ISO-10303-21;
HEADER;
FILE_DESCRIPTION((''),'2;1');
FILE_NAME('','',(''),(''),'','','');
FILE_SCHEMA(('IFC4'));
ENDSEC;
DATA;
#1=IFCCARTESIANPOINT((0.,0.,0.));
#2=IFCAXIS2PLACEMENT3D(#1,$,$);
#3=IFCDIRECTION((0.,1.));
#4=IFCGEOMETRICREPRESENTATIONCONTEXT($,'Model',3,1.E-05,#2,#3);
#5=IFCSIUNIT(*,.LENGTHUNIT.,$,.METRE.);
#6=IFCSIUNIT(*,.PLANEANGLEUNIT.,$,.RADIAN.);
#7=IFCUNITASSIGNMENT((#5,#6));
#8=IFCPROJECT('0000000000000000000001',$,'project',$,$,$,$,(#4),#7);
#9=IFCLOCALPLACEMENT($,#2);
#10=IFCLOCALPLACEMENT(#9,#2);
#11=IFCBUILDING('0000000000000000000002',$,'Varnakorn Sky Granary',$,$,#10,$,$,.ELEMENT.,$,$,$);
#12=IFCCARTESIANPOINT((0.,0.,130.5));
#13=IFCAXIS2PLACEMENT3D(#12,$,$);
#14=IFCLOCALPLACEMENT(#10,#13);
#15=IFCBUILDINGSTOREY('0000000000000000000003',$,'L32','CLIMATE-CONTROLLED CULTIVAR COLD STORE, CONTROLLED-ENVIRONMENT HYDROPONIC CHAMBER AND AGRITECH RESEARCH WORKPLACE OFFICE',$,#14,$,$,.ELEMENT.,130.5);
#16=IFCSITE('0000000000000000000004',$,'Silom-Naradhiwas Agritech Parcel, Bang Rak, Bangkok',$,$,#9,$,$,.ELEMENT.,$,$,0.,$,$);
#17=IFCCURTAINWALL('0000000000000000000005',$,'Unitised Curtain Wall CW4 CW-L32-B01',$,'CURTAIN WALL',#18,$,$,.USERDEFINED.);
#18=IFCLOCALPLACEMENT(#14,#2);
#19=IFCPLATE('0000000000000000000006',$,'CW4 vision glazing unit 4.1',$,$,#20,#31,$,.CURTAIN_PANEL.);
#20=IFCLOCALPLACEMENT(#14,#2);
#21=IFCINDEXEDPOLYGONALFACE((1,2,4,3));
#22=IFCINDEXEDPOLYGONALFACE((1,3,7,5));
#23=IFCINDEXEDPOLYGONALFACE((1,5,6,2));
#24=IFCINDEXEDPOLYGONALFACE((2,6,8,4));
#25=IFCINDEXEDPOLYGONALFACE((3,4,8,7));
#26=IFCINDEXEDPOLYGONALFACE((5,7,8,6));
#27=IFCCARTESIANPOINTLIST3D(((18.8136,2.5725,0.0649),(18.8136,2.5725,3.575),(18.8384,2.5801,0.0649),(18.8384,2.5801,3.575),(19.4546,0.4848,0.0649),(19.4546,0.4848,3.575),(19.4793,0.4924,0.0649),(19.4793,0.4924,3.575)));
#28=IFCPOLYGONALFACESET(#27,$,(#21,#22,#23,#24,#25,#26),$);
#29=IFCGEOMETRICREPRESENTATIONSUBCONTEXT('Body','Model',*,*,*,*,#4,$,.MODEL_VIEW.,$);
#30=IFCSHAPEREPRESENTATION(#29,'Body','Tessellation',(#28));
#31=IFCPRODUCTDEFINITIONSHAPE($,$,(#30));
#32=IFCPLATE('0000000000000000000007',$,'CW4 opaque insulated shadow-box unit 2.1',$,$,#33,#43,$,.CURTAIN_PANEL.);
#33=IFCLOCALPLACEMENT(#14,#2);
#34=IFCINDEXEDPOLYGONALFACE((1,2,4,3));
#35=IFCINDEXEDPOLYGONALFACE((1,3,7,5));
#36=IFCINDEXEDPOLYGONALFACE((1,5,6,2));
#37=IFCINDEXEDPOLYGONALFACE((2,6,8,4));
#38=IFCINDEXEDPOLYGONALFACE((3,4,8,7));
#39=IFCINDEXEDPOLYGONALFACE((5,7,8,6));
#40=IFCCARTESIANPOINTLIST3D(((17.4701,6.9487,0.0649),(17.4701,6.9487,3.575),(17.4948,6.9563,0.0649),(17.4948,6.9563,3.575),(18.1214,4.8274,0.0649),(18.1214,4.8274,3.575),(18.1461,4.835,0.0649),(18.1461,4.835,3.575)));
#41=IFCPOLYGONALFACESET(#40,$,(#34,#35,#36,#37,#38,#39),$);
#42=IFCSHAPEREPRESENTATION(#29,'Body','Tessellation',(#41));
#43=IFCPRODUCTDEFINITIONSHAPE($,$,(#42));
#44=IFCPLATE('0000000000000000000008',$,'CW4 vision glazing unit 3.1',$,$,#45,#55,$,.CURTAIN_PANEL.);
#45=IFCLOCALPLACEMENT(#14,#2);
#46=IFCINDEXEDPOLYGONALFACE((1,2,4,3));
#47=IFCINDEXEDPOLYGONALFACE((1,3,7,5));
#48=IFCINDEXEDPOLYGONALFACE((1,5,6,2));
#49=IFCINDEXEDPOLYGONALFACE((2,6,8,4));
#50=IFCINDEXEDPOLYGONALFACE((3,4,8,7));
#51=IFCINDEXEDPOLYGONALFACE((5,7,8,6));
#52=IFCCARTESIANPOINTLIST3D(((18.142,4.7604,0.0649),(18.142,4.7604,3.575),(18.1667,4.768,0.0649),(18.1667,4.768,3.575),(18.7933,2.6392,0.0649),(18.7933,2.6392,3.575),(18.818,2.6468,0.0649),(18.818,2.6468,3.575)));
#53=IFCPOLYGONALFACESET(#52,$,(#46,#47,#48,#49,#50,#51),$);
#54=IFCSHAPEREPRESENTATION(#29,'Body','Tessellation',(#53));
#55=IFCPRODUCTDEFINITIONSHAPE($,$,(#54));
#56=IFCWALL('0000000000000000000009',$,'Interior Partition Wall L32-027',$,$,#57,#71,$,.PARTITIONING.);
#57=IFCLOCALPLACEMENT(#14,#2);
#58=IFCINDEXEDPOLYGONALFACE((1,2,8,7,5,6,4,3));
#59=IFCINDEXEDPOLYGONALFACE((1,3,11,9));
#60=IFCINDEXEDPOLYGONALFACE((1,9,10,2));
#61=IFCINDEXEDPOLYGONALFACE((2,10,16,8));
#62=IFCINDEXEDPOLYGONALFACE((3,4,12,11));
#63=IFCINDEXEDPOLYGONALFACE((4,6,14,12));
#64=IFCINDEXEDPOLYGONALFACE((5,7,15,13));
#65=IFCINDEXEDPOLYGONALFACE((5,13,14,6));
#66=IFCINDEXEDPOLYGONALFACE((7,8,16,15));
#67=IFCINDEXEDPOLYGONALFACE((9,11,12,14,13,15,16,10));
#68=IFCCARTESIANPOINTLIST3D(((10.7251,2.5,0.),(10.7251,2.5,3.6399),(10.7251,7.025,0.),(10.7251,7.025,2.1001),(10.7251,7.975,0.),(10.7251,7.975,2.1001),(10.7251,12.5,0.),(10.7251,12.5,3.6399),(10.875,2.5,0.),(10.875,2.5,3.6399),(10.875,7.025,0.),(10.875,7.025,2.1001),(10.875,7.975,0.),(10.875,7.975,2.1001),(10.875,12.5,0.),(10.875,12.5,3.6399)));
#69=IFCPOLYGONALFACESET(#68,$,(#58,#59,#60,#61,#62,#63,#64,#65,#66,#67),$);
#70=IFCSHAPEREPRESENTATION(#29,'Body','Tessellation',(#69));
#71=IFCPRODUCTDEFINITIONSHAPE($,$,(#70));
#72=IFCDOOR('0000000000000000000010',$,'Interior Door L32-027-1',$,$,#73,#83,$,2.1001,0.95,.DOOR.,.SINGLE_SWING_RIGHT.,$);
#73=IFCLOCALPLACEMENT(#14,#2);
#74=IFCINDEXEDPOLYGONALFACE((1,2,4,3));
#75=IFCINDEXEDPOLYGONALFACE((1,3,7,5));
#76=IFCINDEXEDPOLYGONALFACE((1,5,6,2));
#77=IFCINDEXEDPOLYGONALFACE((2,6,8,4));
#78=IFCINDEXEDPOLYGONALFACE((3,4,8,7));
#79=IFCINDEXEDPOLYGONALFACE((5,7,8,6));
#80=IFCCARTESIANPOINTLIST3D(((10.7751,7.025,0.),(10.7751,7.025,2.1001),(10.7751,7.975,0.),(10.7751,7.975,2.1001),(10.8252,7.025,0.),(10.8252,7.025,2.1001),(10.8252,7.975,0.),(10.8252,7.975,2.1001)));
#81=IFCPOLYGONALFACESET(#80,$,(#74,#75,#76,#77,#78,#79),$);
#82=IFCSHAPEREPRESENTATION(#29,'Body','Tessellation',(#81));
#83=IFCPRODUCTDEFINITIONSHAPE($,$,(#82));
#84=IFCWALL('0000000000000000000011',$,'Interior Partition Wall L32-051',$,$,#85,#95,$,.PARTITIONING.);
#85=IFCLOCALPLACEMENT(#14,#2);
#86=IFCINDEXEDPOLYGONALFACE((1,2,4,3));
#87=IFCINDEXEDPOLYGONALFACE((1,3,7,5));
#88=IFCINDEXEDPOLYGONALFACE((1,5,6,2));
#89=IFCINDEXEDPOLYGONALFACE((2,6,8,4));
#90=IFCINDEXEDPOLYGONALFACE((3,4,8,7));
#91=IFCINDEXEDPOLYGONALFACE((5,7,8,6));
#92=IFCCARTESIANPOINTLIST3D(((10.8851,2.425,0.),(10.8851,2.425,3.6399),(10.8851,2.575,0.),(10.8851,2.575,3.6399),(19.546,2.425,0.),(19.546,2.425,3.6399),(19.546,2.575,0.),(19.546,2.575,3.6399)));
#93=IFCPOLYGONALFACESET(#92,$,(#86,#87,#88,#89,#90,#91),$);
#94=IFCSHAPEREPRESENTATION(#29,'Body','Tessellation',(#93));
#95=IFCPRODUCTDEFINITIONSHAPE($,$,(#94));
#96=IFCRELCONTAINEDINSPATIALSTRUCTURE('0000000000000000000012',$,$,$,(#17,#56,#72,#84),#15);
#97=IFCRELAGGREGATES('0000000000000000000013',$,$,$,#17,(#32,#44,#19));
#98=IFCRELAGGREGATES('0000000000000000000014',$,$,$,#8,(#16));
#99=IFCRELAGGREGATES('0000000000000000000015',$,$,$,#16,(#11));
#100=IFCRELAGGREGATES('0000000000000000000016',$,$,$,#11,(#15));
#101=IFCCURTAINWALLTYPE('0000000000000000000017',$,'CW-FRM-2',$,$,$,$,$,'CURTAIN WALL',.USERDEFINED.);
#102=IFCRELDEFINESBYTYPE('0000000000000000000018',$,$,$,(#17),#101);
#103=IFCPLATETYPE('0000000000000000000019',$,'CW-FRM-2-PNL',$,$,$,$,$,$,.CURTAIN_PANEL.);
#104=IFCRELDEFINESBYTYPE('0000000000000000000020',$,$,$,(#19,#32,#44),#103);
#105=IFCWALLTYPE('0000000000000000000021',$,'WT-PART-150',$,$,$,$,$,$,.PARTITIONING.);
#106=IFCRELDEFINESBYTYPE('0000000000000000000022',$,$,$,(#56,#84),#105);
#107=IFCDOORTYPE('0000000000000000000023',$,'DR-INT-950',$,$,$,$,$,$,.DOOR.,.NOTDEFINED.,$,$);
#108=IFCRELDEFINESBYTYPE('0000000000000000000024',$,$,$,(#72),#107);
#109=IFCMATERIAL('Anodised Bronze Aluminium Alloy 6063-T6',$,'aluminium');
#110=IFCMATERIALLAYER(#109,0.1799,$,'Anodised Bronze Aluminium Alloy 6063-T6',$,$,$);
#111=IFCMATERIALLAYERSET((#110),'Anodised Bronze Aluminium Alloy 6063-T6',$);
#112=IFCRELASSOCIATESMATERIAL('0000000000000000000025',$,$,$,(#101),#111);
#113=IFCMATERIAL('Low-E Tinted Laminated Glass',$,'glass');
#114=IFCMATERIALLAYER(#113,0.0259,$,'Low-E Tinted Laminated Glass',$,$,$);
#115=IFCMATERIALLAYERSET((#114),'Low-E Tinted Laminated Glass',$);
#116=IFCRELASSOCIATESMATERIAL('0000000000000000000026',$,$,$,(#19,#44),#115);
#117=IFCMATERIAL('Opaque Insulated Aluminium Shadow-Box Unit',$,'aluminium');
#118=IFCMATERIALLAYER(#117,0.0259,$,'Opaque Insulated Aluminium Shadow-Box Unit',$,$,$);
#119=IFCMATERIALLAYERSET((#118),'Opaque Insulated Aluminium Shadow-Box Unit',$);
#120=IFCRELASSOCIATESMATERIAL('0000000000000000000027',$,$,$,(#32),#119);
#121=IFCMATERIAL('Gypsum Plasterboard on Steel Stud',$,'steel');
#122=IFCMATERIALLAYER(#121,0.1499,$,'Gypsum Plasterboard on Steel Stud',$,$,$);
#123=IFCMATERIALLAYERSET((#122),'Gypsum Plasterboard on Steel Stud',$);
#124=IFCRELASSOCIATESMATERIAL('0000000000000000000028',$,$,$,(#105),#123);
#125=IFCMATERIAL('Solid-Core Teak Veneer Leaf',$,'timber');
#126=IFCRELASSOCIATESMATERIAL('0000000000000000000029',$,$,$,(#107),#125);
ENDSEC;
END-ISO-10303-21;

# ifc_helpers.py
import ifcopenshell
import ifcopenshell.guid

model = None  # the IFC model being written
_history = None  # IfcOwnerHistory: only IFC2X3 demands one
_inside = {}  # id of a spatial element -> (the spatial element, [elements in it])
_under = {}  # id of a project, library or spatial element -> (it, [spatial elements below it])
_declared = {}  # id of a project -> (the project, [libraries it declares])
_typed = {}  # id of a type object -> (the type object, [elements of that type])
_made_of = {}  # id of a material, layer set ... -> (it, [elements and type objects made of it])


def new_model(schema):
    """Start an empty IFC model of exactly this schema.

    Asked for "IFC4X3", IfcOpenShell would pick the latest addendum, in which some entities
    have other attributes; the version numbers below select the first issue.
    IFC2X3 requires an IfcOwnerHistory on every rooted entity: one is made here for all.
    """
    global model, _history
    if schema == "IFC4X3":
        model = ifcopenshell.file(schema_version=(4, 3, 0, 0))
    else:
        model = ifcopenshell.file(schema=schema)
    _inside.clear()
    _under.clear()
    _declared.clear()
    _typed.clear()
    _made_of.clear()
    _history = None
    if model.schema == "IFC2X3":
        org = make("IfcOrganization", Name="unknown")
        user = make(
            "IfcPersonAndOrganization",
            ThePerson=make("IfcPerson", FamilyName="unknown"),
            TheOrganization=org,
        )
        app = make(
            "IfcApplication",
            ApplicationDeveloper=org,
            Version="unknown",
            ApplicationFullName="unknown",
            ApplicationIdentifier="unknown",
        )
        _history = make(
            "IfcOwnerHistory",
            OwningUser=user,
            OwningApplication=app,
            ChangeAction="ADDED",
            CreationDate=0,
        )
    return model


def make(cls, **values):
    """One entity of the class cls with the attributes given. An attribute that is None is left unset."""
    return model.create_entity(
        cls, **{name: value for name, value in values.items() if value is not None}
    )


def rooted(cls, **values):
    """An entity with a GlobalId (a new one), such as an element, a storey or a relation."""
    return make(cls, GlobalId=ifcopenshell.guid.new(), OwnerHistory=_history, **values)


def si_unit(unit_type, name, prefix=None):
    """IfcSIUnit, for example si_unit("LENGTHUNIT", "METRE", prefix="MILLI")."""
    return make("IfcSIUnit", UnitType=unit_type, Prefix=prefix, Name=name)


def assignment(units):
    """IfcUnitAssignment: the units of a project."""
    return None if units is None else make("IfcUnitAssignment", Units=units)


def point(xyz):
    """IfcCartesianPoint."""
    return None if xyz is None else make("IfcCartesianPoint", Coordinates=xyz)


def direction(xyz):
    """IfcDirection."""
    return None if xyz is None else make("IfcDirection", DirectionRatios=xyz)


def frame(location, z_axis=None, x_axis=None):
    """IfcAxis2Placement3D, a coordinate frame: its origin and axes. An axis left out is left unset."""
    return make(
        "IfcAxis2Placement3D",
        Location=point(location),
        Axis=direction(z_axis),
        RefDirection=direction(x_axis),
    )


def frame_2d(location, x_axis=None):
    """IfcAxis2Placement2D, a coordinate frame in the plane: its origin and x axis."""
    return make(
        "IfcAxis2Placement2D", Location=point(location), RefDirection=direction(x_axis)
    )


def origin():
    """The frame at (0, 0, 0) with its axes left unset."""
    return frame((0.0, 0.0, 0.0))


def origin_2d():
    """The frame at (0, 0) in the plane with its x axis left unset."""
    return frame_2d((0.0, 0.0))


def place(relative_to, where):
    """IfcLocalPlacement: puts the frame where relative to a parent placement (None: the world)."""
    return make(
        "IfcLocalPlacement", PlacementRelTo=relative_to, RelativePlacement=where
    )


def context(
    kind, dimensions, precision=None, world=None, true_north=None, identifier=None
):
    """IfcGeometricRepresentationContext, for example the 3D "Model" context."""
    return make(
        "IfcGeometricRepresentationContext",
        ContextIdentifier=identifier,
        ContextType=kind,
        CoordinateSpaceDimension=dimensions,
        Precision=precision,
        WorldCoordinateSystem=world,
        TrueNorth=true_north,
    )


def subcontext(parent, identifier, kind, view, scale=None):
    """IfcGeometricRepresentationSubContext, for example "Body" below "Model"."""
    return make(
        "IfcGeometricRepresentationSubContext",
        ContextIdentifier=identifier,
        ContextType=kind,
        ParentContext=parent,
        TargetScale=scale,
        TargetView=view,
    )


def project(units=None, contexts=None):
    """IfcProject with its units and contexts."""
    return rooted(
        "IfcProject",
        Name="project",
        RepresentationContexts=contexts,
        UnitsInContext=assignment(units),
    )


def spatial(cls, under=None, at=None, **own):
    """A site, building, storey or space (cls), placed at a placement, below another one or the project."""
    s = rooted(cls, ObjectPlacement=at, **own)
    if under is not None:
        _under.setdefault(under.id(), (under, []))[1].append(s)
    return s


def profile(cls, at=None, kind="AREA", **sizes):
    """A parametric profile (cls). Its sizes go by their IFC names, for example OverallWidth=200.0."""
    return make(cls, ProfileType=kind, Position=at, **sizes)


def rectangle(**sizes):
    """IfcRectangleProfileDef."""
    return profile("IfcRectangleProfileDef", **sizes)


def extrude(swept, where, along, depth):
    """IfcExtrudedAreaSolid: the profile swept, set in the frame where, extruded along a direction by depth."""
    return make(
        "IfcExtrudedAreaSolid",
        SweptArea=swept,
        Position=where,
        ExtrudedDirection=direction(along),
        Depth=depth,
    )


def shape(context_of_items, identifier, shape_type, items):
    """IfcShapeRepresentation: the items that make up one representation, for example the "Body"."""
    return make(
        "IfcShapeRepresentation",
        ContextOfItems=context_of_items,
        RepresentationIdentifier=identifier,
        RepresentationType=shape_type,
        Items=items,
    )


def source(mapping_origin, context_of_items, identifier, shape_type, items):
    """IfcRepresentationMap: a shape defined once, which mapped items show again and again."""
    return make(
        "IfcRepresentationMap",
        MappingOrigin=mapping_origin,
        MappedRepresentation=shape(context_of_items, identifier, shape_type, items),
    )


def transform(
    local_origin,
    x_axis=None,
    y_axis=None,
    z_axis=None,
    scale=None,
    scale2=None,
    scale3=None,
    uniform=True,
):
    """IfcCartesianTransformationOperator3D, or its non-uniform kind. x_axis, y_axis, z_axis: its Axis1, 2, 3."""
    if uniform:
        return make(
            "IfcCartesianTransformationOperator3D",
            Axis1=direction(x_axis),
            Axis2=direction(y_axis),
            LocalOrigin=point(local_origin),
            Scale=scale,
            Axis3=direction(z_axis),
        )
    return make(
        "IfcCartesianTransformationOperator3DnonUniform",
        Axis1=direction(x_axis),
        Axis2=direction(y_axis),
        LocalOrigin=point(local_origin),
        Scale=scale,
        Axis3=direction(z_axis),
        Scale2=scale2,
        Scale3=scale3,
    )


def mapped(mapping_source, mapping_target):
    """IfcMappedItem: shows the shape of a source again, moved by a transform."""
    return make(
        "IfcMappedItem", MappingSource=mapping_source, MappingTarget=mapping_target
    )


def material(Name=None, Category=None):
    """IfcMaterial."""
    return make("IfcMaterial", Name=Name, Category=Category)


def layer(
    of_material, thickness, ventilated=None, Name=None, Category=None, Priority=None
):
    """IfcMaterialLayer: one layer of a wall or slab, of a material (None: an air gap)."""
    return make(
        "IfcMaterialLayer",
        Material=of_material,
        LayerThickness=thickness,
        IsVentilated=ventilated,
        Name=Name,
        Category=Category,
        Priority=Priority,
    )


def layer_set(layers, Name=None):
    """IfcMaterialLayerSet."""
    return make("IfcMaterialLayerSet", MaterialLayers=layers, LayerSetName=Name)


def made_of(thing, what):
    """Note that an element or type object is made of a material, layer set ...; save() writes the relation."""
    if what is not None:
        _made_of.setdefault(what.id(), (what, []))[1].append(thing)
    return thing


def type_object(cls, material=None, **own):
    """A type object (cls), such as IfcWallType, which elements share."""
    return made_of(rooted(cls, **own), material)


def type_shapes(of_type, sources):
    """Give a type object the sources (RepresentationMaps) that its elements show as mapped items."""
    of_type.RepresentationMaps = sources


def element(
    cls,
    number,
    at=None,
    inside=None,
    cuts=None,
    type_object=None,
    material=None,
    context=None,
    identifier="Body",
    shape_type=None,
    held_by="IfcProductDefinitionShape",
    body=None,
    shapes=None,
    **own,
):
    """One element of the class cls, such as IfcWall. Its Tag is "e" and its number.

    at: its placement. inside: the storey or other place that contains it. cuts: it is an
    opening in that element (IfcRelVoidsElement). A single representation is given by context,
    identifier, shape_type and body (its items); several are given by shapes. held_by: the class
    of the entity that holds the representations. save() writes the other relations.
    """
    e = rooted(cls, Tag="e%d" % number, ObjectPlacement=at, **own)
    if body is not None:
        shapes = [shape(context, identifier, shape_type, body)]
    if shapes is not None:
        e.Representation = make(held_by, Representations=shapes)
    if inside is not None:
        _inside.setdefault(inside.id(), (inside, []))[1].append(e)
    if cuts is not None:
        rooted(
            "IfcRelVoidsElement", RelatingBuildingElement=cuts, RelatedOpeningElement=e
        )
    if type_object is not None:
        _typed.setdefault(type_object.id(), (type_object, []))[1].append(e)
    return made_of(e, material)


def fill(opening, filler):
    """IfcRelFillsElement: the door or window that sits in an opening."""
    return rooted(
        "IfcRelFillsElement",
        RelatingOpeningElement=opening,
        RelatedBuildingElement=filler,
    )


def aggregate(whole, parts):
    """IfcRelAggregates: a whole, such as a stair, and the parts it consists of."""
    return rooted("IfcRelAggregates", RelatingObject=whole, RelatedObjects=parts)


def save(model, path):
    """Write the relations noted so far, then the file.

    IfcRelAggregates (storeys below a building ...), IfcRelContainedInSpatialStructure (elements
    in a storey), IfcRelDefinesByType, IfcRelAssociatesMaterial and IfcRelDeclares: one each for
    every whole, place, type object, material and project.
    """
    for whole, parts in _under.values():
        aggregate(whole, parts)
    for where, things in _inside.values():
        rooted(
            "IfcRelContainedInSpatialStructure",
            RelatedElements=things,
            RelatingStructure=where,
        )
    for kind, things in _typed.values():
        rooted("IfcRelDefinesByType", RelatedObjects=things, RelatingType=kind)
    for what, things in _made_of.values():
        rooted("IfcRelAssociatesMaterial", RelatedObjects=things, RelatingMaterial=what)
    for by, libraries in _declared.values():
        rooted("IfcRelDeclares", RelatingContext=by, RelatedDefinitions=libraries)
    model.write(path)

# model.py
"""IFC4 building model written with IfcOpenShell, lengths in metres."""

from ifc_helpers import new_model, si_unit, direction, frame, frame_2d, origin, origin_2d, place, context, subcontext, project, spatial, rectangle, extrude, source, transform, mapped, material, layer, layer_set, type_object, type_shapes, element, fill, aggregate, save


model = new_model("IFC4")

# Units and contexts
model_context = context("Model", 3, precision=1e-05, world=origin(), true_north=direction((0.0, 1.0)))
body_context = subcontext(model_context, "Body", "Model", "MODEL_VIEW")
ifc_project = project(units=[si_unit("LENGTHUNIT", "METRE"), si_unit("PLANEANGLEUNIT", "RADIAN")], contexts=[model_context])

# Site, building, storey
site_placement = place(None, origin())
site = spatial("IfcSite", under=ifc_project, at=site_placement, Name="Silom-Naradhiwas Agritech Parcel, Bang Rak, Bangkok", CompositionType="ELEMENT", RefElevation=0.0)
building_placement = place(site_placement, origin())
building = spatial("IfcBuilding", under=site, at=building_placement, Name="Varnakorn Sky Granary", CompositionType="ELEMENT")
storey_placement = place(building_placement, frame((0.0, 0.0, 130.5)))
storey = spatial("IfcBuildingStorey", under=building, at=storey_placement, Name="L32", Description="CLIMATE-CONTROLLED CULTIVAR COLD STORE, CONTROLLED-ENVIRONMENT HYDROPONIC CHAMBER AND AGRITECH RESEARCH WORKPLACE OFFICE", CompositionType="ELEMENT", Elevation=130.5)

# Curtain wall
ifc_material_1 = material(Name="Anodised Bronze Aluminium Alloy 6063-T6", Category="aluminium")
ifc_layer_1 = layer(ifc_material_1, 0.1799, Name="Anodised Bronze Aluminium Alloy 6063-T6")
ifc_layer_set_1 = layer_set([ifc_layer_1], Name="Anodised Bronze Aluminium Alloy 6063-T6")
curtain_wall_type = type_object("IfcCurtainWallType", Name="CW-FRM-2", ElementType="CURTAIN WALL", PredefinedType="USERDEFINED", material=ifc_layer_set_1)
curtain_wall_placement = place(storey_placement, origin())
curtain_wall = element("IfcCurtainWall", 1, at=curtain_wall_placement, inside=storey, type_object=curtain_wall_type, Name="Unitised Curtain Wall CW4 CW-L32-B01", ObjectType="CURTAIN WALL", PredefinedType="USERDEFINED")

# Plates
ifc_material_2 = material(Name="Low-E Tinted Laminated Glass", Category="glass")
ifc_layer_2 = layer(ifc_material_2, 0.0259, Name="Low-E Tinted Laminated Glass")
ifc_layer_set_2 = layer_set([ifc_layer_2], Name="Low-E Tinted Laminated Glass")
plate_type = type_object("IfcPlateType", Name="CW-FRM-2-PNL", PredefinedType="CURTAIN_PANEL")
shared_shape_1 = source(origin(), body_context, "Body", "SweptSolid", [
    extrude(rectangle(XDim=2.1838, YDim=0.0259, at=origin_2d()), origin(), (0.0, 0.0, 1.0), 3.51),
])
plate_1_placement = place(storey_placement, frame((19.1465, 1.5325, 0.0649), z_axis=(0.0, 0.0, 1.0), x_axis=(0.293516, -0.955954, 0.0)))
plate_1 = element("IfcPlate", 2, at=plate_1_placement, type_object=plate_type, material=ifc_layer_set_2, Name="CW4 vision glazing unit 4.1", PredefinedType="CURTAIN_PANEL", context=body_context, shape_type="MappedRepresentation", body=[
    mapped(shared_shape_1, transform((0.0, 0.0, 0.0), x_axis=(1.0, 0.0, 0.0), y_axis=(0.0, 1.0, 0.0), z_axis=(0.0, 0.0, 1.0), scale=1.0)),
])
ifc_material_3 = material(Name="Opaque Insulated Aluminium Shadow-Box Unit", Category="aluminium")
ifc_layer_3 = layer(ifc_material_3, 0.0259, Name="Opaque Insulated Aluminium Shadow-Box Unit")
ifc_layer_set_3 = layer_set([ifc_layer_3], Name="Opaque Insulated Aluminium Shadow-Box Unit")
shared_shape_2 = source(origin(), body_context, "Body", "SweptSolid", [
    extrude(rectangle(XDim=2.219, YDim=0.0259, at=origin_2d()), origin(), (0.0, 0.0, 1.0), 3.51),
])
type_shapes(plate_type, [shared_shape_1, shared_shape_2])
plate_2_placement = place(storey_placement, frame((17.8081, 5.8918, 0.0649), z_axis=(0.0, 0.0, 1.0), x_axis=(0.293516, -0.955954, 0.0)))
plate_2 = element("IfcPlate", 3, at=plate_2_placement, type_object=plate_type, material=ifc_layer_set_3, Name="CW4 opaque insulated shadow-box unit 2.1", PredefinedType="CURTAIN_PANEL", context=body_context, shape_type="MappedRepresentation", body=[
    mapped(shared_shape_2, transform((0.0, 0.0, 0.0), x_axis=(1.0, 0.0, 0.0), y_axis=(0.0, 1.0, 0.0), z_axis=(0.0, 0.0, 1.0), scale=1.0)),
])
plate_3_placement = place(storey_placement, frame((18.48, 3.7036, 0.0649), z_axis=(0.0, 0.0, 1.0), x_axis=(0.293516, -0.955954, 0.0)))
plate_3 = element("IfcPlate", 4, at=plate_3_placement, type_object=plate_type, material=ifc_layer_set_2, Name="CW4 vision glazing unit 3.1", PredefinedType="CURTAIN_PANEL", context=body_context, shape_type="MappedRepresentation", body=[
    mapped(shared_shape_2, transform((0.0, 0.0, 0.0), x_axis=(1.0, 0.0, 0.0), y_axis=(0.0, 1.0, 0.0), z_axis=(0.0, 0.0, 1.0), scale=1.0)),
])
aggregate(curtain_wall, [plate_2, plate_3, plate_1])

# Wall, opening, door
ifc_material_4 = material(Name="Gypsum Plasterboard on Steel Stud", Category="steel")
ifc_layer_4 = layer(ifc_material_4, 0.1499, Name="Gypsum Plasterboard on Steel Stud")
ifc_layer_set_4 = layer_set([ifc_layer_4], Name="Gypsum Plasterboard on Steel Stud")
wall_type = type_object("IfcWallType", Name="WT-PART-150", PredefinedType="PARTITIONING", material=ifc_layer_set_4)
wall_1_placement = place(storey_placement, frame((10.8, 2.5, 0.0), z_axis=(0.0, 0.0, 1.0), x_axis=(0.0, 1.0, 0.0)))
wall_1 = element("IfcWall", 5, at=wall_1_placement, inside=storey, type_object=wall_type, Name="Interior Partition Wall L32-027", PredefinedType="PARTITIONING", context=body_context, shape_type="SweptSolid", body=[
    extrude(rectangle(XDim=10.0, YDim=0.1499, at=frame_2d((5.0, 0.0))), origin(), (0.0, 0.0, 1.0), 3.6399),
])
opening_placement = place(wall_1_placement, frame((4.5249, 0.0, 0.0)))
opening = element("IfcOpeningElement", 6, at=opening_placement, cuts=wall_1, PredefinedType="OPENING", context=body_context, shape_type="SweptSolid", body=[
    extrude(rectangle(XDim=0.95, YDim=2.1001, at=frame_2d((0.4751, 1.05))), frame((0.0, 0.085, 0.0), z_axis=(0.0, -1.0, 0.0), x_axis=(1.0, 0.0, 0.0)), (0.0, 0.0, 1.0), 0.1699),
])
ifc_material_5 = material(Name="Solid-Core Teak Veneer Leaf", Category="timber")
door_type = type_object("IfcDoorType", Name="DR-INT-950", OperationType="NOTDEFINED", PredefinedType="DOOR", material=ifc_material_5)
door_placement = place(opening_placement, origin())
door = element("IfcDoor", 7, at=door_placement, inside=storey, type_object=door_type, Name="Interior Door L32-027-1", OperationType="SINGLE_SWING_RIGHT", OverallHeight=2.1001, OverallWidth=0.95, PredefinedType="DOOR", context=body_context, shape_type="SweptSolid", body=[
    extrude(rectangle(XDim=0.95, YDim=2.1001, at=frame_2d((0.4751, 1.05))), frame((0.0, 0.0249, 0.0), z_axis=(0.0, -1.0, 0.0), x_axis=(1.0, 0.0, 0.0)), (0.0, 0.0, 1.0), 0.05),
])
fill(opening, door)

# Wall
wall_2_placement = place(storey_placement, frame((10.885, 2.5, 0.0), z_axis=(0.0, 0.0, 1.0), x_axis=(1.0, 0.0, 0.0)))
element("IfcWall", 8, at=wall_2_placement, inside=storey, type_object=wall_type, Name="Interior Partition Wall L32-051", PredefinedType="PARTITIONING", context=body_context, shape_type="SweptSolid", body=[
    extrude(rectangle(XDim=8.6609, YDim=0.1499, at=frame_2d((4.3306, 0.0))), origin(), (0.0, 0.0, 1.0), 3.6399),
])

save(model, "model.ifc")
